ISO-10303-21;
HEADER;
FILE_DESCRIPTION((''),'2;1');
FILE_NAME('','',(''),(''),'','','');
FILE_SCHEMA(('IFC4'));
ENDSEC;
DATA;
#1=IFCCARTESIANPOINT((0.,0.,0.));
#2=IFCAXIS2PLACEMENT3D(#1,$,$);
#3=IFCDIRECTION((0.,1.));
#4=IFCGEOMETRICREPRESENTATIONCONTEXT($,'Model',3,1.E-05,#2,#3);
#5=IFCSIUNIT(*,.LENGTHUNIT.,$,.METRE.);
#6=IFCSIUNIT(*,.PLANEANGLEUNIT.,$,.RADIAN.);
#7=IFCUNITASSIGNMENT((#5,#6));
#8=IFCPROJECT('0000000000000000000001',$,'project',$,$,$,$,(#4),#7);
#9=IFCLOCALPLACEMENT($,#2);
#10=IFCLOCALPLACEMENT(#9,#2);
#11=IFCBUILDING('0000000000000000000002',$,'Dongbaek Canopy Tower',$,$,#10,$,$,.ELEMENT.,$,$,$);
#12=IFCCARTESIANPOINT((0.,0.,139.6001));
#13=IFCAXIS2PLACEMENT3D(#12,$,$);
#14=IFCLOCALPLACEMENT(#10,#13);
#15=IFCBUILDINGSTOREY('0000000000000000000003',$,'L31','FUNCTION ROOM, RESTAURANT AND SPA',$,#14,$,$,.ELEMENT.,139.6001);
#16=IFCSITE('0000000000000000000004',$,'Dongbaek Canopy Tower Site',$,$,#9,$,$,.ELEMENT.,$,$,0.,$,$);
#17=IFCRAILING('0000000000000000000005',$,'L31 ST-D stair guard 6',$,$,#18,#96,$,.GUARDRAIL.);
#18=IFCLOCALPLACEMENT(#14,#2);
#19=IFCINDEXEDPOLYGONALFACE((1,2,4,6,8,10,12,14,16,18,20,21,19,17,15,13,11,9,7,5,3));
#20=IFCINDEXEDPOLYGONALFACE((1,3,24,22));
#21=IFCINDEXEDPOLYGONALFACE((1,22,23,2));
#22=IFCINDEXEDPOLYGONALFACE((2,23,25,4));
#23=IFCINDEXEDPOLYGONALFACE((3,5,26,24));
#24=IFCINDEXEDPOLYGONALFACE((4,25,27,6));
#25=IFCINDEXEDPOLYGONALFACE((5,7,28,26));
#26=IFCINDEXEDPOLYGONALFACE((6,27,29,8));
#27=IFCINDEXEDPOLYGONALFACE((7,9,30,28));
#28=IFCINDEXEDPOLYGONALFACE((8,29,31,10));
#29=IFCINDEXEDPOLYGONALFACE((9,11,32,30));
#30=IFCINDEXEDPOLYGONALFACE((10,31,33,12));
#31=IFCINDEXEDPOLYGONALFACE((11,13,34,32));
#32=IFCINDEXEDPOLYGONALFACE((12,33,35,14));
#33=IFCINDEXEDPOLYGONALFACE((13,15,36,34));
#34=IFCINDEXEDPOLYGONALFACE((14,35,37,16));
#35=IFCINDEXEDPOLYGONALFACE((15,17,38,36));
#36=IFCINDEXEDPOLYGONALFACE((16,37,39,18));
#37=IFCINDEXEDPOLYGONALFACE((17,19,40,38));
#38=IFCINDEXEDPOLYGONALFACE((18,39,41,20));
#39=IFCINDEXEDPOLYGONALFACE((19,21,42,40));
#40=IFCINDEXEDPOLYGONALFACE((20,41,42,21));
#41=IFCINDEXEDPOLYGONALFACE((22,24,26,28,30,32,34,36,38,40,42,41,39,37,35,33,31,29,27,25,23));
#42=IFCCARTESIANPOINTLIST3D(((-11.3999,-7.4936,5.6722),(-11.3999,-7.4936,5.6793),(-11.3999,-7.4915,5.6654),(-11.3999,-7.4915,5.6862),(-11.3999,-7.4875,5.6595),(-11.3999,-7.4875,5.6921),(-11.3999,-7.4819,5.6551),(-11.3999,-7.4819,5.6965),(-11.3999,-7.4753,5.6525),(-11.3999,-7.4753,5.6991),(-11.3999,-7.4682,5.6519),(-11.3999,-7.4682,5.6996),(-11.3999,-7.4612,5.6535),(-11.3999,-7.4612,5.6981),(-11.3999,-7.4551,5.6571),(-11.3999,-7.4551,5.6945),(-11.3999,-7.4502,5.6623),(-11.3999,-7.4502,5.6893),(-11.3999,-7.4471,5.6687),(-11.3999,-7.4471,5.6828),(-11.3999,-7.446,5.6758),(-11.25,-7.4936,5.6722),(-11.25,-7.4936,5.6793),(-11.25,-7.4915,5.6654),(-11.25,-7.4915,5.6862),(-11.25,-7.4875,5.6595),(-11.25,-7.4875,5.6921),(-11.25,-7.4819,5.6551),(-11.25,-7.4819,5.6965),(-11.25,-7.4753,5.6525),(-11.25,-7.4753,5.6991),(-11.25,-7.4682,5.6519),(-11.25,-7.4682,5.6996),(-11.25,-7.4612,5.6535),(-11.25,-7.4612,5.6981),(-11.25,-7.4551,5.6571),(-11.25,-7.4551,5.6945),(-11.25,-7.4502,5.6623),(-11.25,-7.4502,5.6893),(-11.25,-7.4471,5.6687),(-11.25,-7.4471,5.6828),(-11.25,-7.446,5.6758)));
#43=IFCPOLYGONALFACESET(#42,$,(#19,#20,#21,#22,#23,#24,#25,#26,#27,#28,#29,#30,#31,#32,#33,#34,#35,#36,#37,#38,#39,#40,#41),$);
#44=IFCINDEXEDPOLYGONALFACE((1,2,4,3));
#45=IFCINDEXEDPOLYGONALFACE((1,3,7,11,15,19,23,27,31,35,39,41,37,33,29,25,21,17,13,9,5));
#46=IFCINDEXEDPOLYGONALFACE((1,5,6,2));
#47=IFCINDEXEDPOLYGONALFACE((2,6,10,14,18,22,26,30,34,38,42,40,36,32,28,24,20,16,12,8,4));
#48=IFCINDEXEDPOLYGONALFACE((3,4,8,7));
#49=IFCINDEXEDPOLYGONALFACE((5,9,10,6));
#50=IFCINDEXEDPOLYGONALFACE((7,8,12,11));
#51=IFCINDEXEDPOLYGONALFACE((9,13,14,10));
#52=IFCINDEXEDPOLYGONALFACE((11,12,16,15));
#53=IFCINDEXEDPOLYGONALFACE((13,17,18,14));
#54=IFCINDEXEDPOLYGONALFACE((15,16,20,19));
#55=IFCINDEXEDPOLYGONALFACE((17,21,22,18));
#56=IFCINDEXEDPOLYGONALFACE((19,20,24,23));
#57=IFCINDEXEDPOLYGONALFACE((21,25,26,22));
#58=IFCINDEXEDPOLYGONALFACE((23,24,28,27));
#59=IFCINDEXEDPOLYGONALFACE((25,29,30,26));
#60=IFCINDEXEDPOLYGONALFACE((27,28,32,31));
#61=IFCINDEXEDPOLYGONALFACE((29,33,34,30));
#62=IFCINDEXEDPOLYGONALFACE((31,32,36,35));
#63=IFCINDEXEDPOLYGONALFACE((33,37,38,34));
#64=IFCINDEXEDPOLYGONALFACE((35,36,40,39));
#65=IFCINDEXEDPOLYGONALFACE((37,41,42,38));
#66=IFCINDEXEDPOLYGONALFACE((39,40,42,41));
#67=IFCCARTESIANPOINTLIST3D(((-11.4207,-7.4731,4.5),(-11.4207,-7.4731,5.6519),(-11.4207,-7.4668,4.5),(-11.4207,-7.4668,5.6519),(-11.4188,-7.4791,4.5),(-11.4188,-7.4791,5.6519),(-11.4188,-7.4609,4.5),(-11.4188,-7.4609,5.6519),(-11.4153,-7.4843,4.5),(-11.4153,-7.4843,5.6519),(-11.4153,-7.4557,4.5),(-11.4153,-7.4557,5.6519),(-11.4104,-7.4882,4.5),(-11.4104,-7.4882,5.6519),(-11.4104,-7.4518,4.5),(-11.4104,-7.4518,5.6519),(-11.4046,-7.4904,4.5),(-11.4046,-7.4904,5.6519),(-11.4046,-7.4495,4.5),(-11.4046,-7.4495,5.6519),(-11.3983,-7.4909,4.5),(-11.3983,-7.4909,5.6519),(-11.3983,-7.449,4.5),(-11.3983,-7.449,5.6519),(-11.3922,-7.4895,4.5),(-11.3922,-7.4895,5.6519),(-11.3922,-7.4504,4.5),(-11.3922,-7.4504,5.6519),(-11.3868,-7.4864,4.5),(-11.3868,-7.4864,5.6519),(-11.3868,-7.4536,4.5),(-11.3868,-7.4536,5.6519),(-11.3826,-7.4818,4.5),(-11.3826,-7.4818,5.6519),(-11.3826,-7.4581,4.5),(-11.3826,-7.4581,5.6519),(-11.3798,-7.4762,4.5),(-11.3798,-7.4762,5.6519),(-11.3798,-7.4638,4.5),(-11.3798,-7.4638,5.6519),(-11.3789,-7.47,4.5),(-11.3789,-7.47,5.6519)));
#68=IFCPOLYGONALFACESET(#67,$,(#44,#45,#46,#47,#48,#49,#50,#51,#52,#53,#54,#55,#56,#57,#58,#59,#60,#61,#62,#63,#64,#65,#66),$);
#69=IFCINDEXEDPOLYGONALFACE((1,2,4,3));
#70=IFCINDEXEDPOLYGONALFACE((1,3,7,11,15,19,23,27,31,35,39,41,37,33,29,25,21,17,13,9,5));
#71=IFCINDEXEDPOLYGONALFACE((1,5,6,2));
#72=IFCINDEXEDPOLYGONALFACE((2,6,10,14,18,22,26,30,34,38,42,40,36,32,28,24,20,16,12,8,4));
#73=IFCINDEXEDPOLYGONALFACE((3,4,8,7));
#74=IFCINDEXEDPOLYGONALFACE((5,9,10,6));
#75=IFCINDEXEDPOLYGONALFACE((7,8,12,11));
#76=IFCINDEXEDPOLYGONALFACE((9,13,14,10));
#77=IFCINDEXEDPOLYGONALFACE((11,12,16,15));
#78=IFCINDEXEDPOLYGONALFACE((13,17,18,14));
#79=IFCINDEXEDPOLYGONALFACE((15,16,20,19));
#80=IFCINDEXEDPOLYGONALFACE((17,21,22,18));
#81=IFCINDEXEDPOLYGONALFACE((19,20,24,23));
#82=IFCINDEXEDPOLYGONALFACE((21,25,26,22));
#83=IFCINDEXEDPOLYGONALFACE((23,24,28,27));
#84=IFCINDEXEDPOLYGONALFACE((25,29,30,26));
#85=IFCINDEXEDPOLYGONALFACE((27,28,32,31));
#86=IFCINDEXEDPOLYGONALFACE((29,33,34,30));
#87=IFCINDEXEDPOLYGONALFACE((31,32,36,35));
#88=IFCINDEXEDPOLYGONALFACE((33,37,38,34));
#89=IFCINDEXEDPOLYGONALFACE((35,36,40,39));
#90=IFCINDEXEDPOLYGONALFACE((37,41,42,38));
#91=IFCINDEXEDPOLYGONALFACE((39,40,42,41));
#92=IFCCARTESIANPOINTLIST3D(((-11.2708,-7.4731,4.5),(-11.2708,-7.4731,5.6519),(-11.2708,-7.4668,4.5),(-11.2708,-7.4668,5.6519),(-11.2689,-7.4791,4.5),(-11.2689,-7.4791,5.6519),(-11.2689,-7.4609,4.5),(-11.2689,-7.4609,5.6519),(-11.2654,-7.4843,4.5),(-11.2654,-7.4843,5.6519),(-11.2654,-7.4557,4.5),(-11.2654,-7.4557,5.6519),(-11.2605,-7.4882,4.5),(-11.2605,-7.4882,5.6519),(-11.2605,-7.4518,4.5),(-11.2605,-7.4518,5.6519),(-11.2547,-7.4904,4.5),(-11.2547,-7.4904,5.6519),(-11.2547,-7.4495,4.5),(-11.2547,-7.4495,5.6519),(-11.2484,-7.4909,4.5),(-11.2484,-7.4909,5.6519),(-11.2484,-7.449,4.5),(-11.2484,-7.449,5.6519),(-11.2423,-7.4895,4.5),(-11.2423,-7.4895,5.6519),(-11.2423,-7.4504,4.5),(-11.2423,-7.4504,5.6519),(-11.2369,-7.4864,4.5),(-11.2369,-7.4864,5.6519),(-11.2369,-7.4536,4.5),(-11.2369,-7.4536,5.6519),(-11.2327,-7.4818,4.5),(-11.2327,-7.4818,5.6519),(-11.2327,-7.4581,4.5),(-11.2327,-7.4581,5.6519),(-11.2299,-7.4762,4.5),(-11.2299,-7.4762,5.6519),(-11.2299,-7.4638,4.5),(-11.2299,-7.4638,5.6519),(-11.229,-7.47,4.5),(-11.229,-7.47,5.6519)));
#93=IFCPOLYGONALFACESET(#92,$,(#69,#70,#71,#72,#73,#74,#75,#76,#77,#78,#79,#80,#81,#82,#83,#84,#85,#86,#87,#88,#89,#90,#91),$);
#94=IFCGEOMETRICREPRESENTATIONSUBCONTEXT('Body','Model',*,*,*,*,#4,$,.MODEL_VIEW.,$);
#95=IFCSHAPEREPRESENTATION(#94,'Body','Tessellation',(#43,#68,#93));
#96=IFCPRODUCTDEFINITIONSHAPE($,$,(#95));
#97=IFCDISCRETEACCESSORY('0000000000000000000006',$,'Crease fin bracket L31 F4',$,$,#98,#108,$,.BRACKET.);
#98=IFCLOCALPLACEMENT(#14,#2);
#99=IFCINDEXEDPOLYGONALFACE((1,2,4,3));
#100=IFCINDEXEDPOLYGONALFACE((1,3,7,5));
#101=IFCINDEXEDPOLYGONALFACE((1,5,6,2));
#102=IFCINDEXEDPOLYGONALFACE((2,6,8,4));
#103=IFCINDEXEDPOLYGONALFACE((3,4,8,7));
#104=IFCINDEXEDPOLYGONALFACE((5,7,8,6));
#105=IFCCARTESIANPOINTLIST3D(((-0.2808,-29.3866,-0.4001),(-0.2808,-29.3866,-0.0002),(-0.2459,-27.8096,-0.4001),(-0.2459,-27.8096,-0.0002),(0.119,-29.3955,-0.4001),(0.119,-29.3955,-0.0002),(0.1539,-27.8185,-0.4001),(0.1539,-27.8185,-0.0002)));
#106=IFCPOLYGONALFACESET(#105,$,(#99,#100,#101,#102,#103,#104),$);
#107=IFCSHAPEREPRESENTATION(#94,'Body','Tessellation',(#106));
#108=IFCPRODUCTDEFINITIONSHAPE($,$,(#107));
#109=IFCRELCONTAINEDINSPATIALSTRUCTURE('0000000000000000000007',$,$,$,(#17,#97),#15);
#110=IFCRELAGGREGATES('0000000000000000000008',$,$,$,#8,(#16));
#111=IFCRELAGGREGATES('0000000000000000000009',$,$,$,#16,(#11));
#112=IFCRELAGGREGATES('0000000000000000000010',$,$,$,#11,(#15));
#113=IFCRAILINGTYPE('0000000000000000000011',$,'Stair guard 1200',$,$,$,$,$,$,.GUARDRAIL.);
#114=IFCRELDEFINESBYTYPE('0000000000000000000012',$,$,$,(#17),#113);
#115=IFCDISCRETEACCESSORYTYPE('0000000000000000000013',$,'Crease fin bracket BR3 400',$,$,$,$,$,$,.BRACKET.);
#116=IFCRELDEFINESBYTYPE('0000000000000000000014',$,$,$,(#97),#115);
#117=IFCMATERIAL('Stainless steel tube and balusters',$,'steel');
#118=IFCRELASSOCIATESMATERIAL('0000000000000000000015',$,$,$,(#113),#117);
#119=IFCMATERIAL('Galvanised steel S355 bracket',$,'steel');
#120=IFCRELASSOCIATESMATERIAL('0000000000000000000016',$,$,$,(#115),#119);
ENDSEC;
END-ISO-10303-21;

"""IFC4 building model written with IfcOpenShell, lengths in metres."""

from ifc_helpers import new_model, si_unit, direction, frame, origin, origin_2d, place, context, subcontext, project, spatial, rectangle, circle, extrude, material, type_object, element, save


model = new_model("IFC4")

# Units and contexts
model_context = context("Model", 3, precision=1e-05, world=origin(), true_north=direction((0.0, 1.0)))
body_context = subcontext(model_context, "Body", "Model", "MODEL_VIEW")
ifc_project = project(units=[si_unit("LENGTHUNIT", "METRE"), si_unit("PLANEANGLEUNIT", "RADIAN")], contexts=[model_context])

# Site, building, storey
site_placement = place(None, origin())
site = spatial("IfcSite", under=ifc_project, at=site_placement, Name="Dongbaek Canopy Tower Site", CompositionType="ELEMENT", RefElevation=0.0)
building_placement = place(site_placement, origin())
building = spatial("IfcBuilding", under=site, at=building_placement, Name="Dongbaek Canopy Tower", CompositionType="ELEMENT")
storey_placement = place(building_placement, frame((0.0, 0.0, 139.6001)))
storey = spatial("IfcBuildingStorey", under=building, at=storey_placement, Name="L31", Description="FUNCTION ROOM, RESTAURANT AND SPA", CompositionType="ELEMENT", Elevation=139.6001)

# Railing
ifc_material_1 = material(Name="Stainless steel tube and balusters", Category="steel")
railing_type = type_object("IfcRailingType", Name="Stair guard 1200", PredefinedType="GUARDRAIL", material=ifc_material_1)
for number, where, name in (
    (1, (-11.3999, -7.47, 4.5), "L31 ST-D stair guard 6"),
):
    element("IfcRailing", number, at=place(storey_placement, frame(where)), inside=storey, type_object=railing_type, Name=name, PredefinedType="GUARDRAIL", context=body_context, shape_type="SweptSolid", body=[
        extrude(circle(Radius=0.0239, at=origin_2d()), frame((0.0, 0.0, 1.1758), z_axis=(1.0, 0.0, 0.0), x_axis=(0.0, 1.0, 0.0)), (0.0, 0.0, 1.0), 0.1499),
        extrude(circle(Radius=0.021, at=origin_2d()), origin(), (0.0, 0.0, 1.0), 1.1519),
        extrude(circle(Radius=0.021, at=origin_2d()), frame((0.1499, 0.0, 0.0)), (0.0, 0.0, 1.0), 1.1519),
    ])

# Discrete accessory
ifc_material_2 = material(Name="Galvanised steel S355 bracket", Category="steel")
discrete_accessory_type = type_object("IfcDiscreteAccessoryType", Name="Crease fin bracket BR3 400", PredefinedType="BRACKET", material=ifc_material_2)
discrete_accessory_placement = place(storey_placement, frame((-0.0635, -28.6025, -0.4001), z_axis=(0.0, 0.0, 1.0), x_axis=(-0.022143, -0.999755, 0.0)))
element("IfcDiscreteAccessory", 2, at=discrete_accessory_placement, inside=storey, type_object=discrete_accessory_type, Name="Crease fin bracket L31 F4", PredefinedType="BRACKET", context=body_context, shape_type="SweptSolid", body=[
    extrude(rectangle(XDim=1.5774, YDim=0.3999, at=origin_2d()), origin(), (0.0, 0.0, 1.0), 0.3999),
])

save(model, "model.ifc")
